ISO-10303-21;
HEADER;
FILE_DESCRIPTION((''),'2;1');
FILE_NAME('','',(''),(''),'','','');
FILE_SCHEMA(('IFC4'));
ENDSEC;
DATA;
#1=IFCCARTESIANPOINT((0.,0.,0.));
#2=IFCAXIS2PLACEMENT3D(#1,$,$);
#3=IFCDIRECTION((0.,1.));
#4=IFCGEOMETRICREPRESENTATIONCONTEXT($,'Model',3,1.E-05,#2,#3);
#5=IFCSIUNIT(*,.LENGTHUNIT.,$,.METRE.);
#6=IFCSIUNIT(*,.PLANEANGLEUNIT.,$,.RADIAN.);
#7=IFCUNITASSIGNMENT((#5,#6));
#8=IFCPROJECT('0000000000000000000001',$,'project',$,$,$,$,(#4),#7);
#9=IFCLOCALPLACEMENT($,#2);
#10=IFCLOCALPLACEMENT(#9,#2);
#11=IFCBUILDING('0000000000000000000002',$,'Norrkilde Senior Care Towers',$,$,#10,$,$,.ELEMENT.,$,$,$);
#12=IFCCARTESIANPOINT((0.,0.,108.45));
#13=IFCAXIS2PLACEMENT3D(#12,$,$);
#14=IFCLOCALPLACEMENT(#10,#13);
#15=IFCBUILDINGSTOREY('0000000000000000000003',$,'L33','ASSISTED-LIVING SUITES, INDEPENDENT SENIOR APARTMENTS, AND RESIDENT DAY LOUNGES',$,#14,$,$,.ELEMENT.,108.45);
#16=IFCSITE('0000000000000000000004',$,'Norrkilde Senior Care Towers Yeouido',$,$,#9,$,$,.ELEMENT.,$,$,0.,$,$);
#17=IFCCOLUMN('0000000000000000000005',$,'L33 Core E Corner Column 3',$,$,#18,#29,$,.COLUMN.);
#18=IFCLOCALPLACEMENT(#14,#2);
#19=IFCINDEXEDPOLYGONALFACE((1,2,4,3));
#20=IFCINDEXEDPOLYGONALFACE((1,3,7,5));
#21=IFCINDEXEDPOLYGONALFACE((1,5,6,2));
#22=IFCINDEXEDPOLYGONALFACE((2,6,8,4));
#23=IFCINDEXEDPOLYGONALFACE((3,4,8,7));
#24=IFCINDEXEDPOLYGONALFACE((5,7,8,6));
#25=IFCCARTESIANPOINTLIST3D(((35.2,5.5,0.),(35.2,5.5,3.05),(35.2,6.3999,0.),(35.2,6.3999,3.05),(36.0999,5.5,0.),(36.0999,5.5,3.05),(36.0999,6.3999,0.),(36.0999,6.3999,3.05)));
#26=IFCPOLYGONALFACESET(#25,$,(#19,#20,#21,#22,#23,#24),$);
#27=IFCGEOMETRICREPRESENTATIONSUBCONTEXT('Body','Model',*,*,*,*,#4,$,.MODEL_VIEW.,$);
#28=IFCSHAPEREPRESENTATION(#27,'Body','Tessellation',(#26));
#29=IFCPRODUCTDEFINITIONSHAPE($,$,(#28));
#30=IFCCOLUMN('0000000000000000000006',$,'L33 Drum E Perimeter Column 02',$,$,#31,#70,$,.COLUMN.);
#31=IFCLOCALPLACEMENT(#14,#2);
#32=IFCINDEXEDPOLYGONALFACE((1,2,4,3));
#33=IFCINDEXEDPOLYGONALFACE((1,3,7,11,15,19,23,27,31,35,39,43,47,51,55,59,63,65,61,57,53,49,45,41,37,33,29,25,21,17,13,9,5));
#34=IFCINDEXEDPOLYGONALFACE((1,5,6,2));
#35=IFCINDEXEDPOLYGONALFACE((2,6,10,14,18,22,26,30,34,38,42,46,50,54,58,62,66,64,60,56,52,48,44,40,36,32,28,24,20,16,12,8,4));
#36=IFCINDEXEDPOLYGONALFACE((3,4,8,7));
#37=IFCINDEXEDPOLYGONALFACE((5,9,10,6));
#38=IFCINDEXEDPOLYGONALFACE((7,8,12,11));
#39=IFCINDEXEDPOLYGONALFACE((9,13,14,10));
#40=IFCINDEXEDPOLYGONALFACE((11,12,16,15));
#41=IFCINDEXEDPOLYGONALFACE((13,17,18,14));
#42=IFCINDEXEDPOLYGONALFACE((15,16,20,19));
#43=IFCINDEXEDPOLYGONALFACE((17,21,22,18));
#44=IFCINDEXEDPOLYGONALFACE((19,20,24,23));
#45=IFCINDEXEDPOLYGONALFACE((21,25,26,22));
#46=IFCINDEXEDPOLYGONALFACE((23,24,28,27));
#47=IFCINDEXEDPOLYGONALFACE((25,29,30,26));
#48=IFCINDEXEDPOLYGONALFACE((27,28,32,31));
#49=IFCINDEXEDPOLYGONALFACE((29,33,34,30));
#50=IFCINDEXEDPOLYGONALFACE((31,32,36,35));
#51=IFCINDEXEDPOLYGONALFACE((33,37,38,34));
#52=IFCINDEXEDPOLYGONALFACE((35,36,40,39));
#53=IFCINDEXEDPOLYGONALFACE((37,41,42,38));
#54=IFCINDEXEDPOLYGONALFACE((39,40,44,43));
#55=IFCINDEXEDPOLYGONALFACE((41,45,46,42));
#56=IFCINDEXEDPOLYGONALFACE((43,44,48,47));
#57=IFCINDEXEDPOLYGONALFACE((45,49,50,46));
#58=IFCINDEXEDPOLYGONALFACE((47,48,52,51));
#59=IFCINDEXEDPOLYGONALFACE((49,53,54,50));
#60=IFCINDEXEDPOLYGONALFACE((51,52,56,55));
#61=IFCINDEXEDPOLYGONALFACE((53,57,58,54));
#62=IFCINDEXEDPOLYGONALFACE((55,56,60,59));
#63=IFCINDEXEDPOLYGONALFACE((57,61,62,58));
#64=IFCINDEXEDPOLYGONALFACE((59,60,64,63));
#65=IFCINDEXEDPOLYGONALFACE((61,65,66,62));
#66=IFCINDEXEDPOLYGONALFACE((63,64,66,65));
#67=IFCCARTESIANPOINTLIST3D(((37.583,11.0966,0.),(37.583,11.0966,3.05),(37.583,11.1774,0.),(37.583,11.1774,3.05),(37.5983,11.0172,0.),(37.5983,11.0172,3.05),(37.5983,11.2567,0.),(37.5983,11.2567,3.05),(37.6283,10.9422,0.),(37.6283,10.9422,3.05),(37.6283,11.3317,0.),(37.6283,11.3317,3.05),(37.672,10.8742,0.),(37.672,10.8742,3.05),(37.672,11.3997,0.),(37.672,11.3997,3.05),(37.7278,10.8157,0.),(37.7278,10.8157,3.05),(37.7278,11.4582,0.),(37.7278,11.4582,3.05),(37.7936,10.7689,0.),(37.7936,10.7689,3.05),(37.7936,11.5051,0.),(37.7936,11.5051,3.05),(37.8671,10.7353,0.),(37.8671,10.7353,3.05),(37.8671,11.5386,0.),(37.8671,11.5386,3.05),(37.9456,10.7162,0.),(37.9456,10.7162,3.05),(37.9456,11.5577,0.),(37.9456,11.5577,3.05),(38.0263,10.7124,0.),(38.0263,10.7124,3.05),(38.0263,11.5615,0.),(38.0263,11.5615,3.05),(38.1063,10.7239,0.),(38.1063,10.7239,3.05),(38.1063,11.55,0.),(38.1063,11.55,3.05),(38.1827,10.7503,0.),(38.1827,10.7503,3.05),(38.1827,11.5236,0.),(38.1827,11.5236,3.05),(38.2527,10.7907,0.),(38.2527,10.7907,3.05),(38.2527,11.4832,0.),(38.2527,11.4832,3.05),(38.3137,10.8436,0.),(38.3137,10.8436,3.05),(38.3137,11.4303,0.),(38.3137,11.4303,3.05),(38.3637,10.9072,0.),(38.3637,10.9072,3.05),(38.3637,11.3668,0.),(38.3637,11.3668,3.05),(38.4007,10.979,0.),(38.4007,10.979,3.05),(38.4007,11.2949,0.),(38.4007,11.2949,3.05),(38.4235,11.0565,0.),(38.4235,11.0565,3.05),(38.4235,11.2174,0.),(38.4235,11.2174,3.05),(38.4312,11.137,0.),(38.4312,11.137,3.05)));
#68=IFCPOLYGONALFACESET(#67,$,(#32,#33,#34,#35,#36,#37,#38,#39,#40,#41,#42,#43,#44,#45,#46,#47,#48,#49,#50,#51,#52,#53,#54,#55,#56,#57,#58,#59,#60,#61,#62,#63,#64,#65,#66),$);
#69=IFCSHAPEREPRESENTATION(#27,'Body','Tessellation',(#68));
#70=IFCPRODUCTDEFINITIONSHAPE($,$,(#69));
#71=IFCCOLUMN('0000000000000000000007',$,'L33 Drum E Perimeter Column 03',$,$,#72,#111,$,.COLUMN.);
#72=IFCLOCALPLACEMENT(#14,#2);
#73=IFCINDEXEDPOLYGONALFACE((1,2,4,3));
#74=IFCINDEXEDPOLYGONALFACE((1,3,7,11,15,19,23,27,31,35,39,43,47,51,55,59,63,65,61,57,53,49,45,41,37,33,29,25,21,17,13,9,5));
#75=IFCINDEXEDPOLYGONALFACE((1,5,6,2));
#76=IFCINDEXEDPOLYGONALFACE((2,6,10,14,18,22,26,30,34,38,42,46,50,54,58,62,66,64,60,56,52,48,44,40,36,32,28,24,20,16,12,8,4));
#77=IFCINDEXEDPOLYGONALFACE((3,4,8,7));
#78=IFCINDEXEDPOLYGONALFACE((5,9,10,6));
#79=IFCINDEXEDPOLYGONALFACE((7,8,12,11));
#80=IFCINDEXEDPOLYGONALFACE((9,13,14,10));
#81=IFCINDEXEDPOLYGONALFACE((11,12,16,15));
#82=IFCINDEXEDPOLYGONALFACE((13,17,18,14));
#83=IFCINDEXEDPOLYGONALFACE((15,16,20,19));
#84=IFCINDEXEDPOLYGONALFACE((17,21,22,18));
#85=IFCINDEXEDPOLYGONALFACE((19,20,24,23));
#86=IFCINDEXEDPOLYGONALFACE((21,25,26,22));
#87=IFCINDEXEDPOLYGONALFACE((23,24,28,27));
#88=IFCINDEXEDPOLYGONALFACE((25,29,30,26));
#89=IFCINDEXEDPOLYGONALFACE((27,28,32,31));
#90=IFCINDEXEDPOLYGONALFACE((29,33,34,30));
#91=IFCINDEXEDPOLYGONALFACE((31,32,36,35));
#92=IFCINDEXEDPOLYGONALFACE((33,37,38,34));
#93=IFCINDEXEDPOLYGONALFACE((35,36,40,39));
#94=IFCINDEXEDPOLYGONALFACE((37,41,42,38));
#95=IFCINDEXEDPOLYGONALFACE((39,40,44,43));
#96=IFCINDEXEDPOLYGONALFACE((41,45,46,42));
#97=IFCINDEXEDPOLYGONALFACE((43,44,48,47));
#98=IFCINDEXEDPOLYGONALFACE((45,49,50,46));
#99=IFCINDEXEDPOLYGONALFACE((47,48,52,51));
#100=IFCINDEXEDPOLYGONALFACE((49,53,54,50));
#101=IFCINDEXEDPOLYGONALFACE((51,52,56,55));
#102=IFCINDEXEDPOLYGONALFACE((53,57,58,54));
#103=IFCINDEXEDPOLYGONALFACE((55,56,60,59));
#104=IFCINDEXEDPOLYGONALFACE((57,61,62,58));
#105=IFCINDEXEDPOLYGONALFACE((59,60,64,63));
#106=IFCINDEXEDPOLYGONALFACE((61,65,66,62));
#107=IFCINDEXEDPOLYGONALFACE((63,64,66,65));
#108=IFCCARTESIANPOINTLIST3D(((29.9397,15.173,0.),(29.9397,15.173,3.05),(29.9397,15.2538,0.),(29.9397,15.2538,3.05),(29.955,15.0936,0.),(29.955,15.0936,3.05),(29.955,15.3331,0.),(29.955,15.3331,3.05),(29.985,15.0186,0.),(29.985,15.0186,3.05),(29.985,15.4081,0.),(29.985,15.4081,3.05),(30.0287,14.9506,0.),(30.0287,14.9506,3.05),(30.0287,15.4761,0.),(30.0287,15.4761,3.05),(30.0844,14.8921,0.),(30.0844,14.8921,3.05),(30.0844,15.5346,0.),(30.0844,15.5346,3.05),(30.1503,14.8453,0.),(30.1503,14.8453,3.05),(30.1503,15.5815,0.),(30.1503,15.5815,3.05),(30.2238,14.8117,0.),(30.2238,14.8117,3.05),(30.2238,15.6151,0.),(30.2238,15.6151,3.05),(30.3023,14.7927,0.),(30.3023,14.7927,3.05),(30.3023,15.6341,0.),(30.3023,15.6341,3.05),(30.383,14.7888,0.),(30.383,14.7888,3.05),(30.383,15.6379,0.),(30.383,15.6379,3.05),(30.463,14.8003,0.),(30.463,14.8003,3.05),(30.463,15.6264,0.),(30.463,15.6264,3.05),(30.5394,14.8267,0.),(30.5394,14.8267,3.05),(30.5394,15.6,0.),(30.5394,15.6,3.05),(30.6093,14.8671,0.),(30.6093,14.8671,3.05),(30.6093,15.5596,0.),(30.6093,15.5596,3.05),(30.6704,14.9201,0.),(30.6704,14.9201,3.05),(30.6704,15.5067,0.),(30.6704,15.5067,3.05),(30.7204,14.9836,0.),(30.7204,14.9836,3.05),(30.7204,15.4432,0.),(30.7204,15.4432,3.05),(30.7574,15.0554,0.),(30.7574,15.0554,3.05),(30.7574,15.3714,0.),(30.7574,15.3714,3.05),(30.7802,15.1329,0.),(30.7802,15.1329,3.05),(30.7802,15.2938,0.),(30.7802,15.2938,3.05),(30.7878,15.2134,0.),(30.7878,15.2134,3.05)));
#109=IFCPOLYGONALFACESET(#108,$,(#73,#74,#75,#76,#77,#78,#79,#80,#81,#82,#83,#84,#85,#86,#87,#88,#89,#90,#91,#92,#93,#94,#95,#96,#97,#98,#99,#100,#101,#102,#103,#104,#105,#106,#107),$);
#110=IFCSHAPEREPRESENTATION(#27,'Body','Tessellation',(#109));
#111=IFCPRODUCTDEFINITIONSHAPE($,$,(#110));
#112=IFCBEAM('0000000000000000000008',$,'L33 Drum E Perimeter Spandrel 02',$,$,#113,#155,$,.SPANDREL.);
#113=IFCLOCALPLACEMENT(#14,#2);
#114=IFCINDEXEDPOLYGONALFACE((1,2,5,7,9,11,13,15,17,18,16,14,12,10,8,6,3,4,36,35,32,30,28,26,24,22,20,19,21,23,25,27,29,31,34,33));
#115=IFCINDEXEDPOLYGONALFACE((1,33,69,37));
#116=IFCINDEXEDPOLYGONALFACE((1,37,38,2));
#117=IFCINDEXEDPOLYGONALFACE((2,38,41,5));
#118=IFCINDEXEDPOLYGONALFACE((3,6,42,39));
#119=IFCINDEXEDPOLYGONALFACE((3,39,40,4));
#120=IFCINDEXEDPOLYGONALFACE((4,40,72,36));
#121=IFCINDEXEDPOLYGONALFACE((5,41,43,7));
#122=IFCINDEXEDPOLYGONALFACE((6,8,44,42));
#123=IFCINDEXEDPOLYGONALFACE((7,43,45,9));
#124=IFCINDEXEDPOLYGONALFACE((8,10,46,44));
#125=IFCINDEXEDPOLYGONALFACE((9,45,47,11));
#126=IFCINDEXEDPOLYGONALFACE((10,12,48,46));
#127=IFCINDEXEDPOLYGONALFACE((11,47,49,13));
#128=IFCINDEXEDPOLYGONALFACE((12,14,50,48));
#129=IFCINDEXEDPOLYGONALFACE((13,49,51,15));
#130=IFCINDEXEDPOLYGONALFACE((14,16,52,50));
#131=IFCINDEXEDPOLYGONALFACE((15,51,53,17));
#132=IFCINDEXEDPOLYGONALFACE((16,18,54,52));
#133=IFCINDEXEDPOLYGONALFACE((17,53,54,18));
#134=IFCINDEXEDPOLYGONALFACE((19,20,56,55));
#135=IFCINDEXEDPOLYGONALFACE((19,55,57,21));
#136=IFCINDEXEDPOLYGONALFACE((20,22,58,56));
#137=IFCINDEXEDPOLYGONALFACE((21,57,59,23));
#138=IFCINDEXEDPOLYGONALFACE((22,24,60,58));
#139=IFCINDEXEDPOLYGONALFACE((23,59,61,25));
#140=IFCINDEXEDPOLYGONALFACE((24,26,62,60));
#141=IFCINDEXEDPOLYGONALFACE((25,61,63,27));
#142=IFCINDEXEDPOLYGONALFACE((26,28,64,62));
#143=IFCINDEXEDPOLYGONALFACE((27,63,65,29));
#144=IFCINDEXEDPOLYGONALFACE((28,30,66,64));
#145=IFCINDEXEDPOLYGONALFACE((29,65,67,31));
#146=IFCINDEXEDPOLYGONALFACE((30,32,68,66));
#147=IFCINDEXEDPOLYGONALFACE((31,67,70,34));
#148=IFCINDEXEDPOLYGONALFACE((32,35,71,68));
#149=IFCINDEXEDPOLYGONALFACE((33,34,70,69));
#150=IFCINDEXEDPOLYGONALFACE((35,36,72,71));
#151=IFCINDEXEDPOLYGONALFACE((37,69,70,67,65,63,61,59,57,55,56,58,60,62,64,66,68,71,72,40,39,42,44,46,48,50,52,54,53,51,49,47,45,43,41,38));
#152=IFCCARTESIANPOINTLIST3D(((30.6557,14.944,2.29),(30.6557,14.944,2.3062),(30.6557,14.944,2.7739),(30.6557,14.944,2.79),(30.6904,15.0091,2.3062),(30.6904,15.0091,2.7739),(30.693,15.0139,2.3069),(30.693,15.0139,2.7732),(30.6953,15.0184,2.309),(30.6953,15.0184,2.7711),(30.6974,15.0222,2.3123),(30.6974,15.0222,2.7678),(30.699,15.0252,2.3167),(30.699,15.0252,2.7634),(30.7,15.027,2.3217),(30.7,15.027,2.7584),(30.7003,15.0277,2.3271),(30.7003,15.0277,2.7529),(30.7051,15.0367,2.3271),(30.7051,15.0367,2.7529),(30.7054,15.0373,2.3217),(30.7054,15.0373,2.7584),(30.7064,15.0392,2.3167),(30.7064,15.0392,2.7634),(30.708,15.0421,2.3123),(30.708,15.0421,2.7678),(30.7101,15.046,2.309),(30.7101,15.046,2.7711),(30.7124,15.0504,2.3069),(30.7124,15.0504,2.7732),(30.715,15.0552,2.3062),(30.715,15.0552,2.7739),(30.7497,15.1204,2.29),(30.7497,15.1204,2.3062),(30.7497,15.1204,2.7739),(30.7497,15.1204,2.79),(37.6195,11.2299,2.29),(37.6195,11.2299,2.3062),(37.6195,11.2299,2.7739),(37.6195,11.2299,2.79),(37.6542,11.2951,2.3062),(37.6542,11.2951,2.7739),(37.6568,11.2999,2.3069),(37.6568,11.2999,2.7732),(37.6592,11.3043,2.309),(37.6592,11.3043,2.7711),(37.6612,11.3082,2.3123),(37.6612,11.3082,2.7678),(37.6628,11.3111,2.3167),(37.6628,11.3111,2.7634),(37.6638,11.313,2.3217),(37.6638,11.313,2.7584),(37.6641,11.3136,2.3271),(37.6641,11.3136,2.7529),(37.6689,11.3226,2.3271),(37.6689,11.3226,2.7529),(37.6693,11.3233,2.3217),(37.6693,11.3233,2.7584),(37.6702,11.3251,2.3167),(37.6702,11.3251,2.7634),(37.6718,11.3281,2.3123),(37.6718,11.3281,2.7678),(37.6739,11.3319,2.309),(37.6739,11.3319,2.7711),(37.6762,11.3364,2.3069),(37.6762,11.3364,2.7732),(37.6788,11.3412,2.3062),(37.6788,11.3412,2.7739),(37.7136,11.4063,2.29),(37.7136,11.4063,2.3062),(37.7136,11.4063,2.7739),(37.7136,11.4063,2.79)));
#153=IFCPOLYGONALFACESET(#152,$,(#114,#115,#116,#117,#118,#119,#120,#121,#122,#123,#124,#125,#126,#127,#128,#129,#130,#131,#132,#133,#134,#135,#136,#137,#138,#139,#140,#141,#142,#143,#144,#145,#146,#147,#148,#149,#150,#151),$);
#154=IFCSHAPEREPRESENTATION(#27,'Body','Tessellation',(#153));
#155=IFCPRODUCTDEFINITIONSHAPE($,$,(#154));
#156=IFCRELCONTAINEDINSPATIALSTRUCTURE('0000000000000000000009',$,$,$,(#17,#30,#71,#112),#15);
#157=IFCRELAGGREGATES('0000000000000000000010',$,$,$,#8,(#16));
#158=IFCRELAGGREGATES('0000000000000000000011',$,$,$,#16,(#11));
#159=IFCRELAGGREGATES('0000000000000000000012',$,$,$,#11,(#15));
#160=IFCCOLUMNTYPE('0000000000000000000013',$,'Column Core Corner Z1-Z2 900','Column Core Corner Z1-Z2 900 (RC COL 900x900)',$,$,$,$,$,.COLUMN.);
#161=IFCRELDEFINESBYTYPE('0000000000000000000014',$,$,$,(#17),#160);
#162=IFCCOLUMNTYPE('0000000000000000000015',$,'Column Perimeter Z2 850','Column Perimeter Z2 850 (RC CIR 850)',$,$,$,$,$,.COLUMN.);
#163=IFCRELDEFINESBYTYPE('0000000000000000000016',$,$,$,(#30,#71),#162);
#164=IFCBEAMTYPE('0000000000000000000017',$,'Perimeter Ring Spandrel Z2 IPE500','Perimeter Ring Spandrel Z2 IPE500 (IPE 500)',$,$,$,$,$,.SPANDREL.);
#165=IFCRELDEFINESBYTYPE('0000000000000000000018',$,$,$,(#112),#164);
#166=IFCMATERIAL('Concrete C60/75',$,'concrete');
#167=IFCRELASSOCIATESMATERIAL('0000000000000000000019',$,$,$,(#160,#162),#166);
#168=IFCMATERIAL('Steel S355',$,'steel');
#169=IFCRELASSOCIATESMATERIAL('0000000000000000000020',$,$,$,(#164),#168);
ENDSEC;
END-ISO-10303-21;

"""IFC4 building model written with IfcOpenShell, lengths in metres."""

from ifc_helpers import new_model, si_unit, direction, frame, origin, origin_2d, place, context, subcontext, project, spatial, rectangle, circle, i_section, extrude, source, transform, mapped, material, material_profile, profile_set, type_object, type_shapes, element, save


model = new_model("IFC4")

# Units and contexts
model_context = context("Model", 3, precision=1e-05, world=origin(), true_north=direction((0.0, 1.0)))
body_context = subcontext(model_context, "Body", "Model", "MODEL_VIEW")
ifc_project = project(units=[si_unit("LENGTHUNIT", "METRE"), si_unit("PLANEANGLEUNIT", "RADIAN")], contexts=[model_context])

# Site, building, storey
site_placement = place(None, origin())
site = spatial("IfcSite", under=ifc_project, at=site_placement, Name="Norrkilde Senior Care Towers Yeouido", CompositionType="ELEMENT", RefElevation=0.0)
building_placement = place(site_placement, origin())
building = spatial("IfcBuilding", under=site, at=building_placement, Name="Norrkilde Senior Care Towers", CompositionType="ELEMENT")
storey_placement = place(building_placement, frame((0.0, 0.0, 108.45)))
storey = spatial("IfcBuildingStorey", under=building, at=storey_placement, Name="L33", Description="ASSISTED-LIVING SUITES, INDEPENDENT SENIOR APARTMENTS, AND RESIDENT DAY LOUNGES", CompositionType="ELEMENT", Elevation=108.45)

# Columns
ifc_material_1 = material(Name="Concrete C60/75", Category="concrete")
ifc_material_profile_1 = material_profile(ifc_material_1, rectangle(XDim=0.8999, YDim=0.8999, at=origin_2d()), Name="RC COL 900x900")
ifc_profile_set_1 = profile_set([ifc_material_profile_1], Name="Concrete C60/75")
column_type_1 = type_object("IfcColumnType", Name="Column Core Corner Z1-Z2 900", Description="Column Core Corner Z1-Z2 900 (RC COL 900x900)", PredefinedType="COLUMN", material=ifc_profile_set_1)
shared_shape_1 = source(origin(), body_context, "Body", "SweptSolid", [
    extrude(rectangle(XDim=0.8999, YDim=0.8999, at=origin_2d()), origin(), (0.0, 0.0, 1.0), 3.05),
])
type_shapes(column_type_1, [shared_shape_1])
column_placement = place(storey_placement, frame((35.6499, 5.95, 0.0), z_axis=(0.0, 0.0, 1.0), x_axis=(1.0, 0.0, 0.0)))
element("IfcColumn", 1, at=column_placement, inside=storey, type_object=column_type_1, Name="L33 Core E Corner Column 3", PredefinedType="COLUMN", context=body_context, shape_type="MappedRepresentation", body=[
    mapped(shared_shape_1, transform((0.0, 0.0, 0.0), x_axis=(1.0, 0.0, 0.0), y_axis=(0.0, 1.0, 0.0), z_axis=(0.0, 0.0, 1.0), scale=1.0)),
])
ifc_material_profile_2 = material_profile(ifc_material_1, circle(Radius=0.425, at=origin_2d()), Name="RC CIR 850")
ifc_profile_set_2 = profile_set([ifc_material_profile_2], Name="Concrete C60/75")
column_type_2 = type_object("IfcColumnType", Name="Column Perimeter Z2 850", Description="Column Perimeter Z2 850 (RC CIR 850)", PredefinedType="COLUMN", material=ifc_profile_set_2)
shared_shape_2 = source(origin(), body_context, "Body", "SweptSolid", [
    extrude(circle(Radius=0.425, at=origin_2d()), origin(), (0.0, 0.0, 1.0), 3.05),
])
type_shapes(column_type_2, [shared_shape_2])
for number, where, z_axis, x_axis, name in (
    (2, (38.0061, 11.137, 0.0), (0.0, 0.0, 1.0), (1.0, 0.0, 0.0), "L33 Drum E Perimeter Column 02"),
    (3, (30.3628, 15.2134, 0.0), (0.0, 0.0, 1.0), (1.0, 0.0, 0.0), "L33 Drum E Perimeter Column 03"),
):
    element("IfcColumn", number, at=place(storey_placement, frame(where, z_axis=z_axis, x_axis=x_axis)), inside=storey, type_object=column_type_2, Name=name, PredefinedType="COLUMN", context=body_context, shape_type="MappedRepresentation", body=[
        mapped(shared_shape_2, transform((0.0, 0.0, 0.0), x_axis=(1.0, 0.0, 0.0), y_axis=(0.0, 1.0, 0.0), z_axis=(0.0, 0.0, 1.0), scale=1.0)),
    ])

# Beam
ifc_material_2 = material(Name="Steel S355", Category="steel")
ifc_material_profile_3 = material_profile(ifc_material_2, i_section(OverallWidth=0.2, OverallDepth=0.5, WebThickness=0.0103, FlangeThickness=0.0161, FilletRadius=0.021, at=origin_2d()), Name="IPE 500")
ifc_profile_set_3 = profile_set([ifc_material_profile_3], Name="Steel S355")
beam_type_1 = type_object("IfcBeamType", Name="Perimeter Ring Spandrel Z2 IPE500", Description="Perimeter Ring Spandrel Z2 IPE500 (IPE 500)", PredefinedType="SPANDREL", material=ifc_profile_set_3)
shared_shape_3 = source(origin(), body_context, "Body", "SweptSolid", [
    extrude(i_section(OverallWidth=0.2, OverallDepth=0.5, WebThickness=0.0103, FlangeThickness=0.0161, FilletRadius=0.021, at=origin_2d()), origin(), (0.0, 0.0, 1.0), 7.8923),
])
beam_1_placement = place(storey_placement, frame((37.6665, 11.3181, 2.54), z_axis=(-0.88235, 0.470593, 0.0), x_axis=(-0.470593, -0.88235, 0.0)))
element("IfcBeam", 4, at=beam_1_placement, inside=storey, type_object=beam_type_1, Name="L33 Drum E Perimeter Spandrel 02", PredefinedType="SPANDREL", context=body_context, shape_type="MappedRepresentation", body=[
    mapped(shared_shape_3, transform((0.0, 0.0, 0.0), x_axis=(1.0, 0.0, 0.0), y_axis=(0.0, 1.0, 0.0), z_axis=(0.0, 0.0, 1.0), scale=1.0)),
])

save(model, "model.ifc")
